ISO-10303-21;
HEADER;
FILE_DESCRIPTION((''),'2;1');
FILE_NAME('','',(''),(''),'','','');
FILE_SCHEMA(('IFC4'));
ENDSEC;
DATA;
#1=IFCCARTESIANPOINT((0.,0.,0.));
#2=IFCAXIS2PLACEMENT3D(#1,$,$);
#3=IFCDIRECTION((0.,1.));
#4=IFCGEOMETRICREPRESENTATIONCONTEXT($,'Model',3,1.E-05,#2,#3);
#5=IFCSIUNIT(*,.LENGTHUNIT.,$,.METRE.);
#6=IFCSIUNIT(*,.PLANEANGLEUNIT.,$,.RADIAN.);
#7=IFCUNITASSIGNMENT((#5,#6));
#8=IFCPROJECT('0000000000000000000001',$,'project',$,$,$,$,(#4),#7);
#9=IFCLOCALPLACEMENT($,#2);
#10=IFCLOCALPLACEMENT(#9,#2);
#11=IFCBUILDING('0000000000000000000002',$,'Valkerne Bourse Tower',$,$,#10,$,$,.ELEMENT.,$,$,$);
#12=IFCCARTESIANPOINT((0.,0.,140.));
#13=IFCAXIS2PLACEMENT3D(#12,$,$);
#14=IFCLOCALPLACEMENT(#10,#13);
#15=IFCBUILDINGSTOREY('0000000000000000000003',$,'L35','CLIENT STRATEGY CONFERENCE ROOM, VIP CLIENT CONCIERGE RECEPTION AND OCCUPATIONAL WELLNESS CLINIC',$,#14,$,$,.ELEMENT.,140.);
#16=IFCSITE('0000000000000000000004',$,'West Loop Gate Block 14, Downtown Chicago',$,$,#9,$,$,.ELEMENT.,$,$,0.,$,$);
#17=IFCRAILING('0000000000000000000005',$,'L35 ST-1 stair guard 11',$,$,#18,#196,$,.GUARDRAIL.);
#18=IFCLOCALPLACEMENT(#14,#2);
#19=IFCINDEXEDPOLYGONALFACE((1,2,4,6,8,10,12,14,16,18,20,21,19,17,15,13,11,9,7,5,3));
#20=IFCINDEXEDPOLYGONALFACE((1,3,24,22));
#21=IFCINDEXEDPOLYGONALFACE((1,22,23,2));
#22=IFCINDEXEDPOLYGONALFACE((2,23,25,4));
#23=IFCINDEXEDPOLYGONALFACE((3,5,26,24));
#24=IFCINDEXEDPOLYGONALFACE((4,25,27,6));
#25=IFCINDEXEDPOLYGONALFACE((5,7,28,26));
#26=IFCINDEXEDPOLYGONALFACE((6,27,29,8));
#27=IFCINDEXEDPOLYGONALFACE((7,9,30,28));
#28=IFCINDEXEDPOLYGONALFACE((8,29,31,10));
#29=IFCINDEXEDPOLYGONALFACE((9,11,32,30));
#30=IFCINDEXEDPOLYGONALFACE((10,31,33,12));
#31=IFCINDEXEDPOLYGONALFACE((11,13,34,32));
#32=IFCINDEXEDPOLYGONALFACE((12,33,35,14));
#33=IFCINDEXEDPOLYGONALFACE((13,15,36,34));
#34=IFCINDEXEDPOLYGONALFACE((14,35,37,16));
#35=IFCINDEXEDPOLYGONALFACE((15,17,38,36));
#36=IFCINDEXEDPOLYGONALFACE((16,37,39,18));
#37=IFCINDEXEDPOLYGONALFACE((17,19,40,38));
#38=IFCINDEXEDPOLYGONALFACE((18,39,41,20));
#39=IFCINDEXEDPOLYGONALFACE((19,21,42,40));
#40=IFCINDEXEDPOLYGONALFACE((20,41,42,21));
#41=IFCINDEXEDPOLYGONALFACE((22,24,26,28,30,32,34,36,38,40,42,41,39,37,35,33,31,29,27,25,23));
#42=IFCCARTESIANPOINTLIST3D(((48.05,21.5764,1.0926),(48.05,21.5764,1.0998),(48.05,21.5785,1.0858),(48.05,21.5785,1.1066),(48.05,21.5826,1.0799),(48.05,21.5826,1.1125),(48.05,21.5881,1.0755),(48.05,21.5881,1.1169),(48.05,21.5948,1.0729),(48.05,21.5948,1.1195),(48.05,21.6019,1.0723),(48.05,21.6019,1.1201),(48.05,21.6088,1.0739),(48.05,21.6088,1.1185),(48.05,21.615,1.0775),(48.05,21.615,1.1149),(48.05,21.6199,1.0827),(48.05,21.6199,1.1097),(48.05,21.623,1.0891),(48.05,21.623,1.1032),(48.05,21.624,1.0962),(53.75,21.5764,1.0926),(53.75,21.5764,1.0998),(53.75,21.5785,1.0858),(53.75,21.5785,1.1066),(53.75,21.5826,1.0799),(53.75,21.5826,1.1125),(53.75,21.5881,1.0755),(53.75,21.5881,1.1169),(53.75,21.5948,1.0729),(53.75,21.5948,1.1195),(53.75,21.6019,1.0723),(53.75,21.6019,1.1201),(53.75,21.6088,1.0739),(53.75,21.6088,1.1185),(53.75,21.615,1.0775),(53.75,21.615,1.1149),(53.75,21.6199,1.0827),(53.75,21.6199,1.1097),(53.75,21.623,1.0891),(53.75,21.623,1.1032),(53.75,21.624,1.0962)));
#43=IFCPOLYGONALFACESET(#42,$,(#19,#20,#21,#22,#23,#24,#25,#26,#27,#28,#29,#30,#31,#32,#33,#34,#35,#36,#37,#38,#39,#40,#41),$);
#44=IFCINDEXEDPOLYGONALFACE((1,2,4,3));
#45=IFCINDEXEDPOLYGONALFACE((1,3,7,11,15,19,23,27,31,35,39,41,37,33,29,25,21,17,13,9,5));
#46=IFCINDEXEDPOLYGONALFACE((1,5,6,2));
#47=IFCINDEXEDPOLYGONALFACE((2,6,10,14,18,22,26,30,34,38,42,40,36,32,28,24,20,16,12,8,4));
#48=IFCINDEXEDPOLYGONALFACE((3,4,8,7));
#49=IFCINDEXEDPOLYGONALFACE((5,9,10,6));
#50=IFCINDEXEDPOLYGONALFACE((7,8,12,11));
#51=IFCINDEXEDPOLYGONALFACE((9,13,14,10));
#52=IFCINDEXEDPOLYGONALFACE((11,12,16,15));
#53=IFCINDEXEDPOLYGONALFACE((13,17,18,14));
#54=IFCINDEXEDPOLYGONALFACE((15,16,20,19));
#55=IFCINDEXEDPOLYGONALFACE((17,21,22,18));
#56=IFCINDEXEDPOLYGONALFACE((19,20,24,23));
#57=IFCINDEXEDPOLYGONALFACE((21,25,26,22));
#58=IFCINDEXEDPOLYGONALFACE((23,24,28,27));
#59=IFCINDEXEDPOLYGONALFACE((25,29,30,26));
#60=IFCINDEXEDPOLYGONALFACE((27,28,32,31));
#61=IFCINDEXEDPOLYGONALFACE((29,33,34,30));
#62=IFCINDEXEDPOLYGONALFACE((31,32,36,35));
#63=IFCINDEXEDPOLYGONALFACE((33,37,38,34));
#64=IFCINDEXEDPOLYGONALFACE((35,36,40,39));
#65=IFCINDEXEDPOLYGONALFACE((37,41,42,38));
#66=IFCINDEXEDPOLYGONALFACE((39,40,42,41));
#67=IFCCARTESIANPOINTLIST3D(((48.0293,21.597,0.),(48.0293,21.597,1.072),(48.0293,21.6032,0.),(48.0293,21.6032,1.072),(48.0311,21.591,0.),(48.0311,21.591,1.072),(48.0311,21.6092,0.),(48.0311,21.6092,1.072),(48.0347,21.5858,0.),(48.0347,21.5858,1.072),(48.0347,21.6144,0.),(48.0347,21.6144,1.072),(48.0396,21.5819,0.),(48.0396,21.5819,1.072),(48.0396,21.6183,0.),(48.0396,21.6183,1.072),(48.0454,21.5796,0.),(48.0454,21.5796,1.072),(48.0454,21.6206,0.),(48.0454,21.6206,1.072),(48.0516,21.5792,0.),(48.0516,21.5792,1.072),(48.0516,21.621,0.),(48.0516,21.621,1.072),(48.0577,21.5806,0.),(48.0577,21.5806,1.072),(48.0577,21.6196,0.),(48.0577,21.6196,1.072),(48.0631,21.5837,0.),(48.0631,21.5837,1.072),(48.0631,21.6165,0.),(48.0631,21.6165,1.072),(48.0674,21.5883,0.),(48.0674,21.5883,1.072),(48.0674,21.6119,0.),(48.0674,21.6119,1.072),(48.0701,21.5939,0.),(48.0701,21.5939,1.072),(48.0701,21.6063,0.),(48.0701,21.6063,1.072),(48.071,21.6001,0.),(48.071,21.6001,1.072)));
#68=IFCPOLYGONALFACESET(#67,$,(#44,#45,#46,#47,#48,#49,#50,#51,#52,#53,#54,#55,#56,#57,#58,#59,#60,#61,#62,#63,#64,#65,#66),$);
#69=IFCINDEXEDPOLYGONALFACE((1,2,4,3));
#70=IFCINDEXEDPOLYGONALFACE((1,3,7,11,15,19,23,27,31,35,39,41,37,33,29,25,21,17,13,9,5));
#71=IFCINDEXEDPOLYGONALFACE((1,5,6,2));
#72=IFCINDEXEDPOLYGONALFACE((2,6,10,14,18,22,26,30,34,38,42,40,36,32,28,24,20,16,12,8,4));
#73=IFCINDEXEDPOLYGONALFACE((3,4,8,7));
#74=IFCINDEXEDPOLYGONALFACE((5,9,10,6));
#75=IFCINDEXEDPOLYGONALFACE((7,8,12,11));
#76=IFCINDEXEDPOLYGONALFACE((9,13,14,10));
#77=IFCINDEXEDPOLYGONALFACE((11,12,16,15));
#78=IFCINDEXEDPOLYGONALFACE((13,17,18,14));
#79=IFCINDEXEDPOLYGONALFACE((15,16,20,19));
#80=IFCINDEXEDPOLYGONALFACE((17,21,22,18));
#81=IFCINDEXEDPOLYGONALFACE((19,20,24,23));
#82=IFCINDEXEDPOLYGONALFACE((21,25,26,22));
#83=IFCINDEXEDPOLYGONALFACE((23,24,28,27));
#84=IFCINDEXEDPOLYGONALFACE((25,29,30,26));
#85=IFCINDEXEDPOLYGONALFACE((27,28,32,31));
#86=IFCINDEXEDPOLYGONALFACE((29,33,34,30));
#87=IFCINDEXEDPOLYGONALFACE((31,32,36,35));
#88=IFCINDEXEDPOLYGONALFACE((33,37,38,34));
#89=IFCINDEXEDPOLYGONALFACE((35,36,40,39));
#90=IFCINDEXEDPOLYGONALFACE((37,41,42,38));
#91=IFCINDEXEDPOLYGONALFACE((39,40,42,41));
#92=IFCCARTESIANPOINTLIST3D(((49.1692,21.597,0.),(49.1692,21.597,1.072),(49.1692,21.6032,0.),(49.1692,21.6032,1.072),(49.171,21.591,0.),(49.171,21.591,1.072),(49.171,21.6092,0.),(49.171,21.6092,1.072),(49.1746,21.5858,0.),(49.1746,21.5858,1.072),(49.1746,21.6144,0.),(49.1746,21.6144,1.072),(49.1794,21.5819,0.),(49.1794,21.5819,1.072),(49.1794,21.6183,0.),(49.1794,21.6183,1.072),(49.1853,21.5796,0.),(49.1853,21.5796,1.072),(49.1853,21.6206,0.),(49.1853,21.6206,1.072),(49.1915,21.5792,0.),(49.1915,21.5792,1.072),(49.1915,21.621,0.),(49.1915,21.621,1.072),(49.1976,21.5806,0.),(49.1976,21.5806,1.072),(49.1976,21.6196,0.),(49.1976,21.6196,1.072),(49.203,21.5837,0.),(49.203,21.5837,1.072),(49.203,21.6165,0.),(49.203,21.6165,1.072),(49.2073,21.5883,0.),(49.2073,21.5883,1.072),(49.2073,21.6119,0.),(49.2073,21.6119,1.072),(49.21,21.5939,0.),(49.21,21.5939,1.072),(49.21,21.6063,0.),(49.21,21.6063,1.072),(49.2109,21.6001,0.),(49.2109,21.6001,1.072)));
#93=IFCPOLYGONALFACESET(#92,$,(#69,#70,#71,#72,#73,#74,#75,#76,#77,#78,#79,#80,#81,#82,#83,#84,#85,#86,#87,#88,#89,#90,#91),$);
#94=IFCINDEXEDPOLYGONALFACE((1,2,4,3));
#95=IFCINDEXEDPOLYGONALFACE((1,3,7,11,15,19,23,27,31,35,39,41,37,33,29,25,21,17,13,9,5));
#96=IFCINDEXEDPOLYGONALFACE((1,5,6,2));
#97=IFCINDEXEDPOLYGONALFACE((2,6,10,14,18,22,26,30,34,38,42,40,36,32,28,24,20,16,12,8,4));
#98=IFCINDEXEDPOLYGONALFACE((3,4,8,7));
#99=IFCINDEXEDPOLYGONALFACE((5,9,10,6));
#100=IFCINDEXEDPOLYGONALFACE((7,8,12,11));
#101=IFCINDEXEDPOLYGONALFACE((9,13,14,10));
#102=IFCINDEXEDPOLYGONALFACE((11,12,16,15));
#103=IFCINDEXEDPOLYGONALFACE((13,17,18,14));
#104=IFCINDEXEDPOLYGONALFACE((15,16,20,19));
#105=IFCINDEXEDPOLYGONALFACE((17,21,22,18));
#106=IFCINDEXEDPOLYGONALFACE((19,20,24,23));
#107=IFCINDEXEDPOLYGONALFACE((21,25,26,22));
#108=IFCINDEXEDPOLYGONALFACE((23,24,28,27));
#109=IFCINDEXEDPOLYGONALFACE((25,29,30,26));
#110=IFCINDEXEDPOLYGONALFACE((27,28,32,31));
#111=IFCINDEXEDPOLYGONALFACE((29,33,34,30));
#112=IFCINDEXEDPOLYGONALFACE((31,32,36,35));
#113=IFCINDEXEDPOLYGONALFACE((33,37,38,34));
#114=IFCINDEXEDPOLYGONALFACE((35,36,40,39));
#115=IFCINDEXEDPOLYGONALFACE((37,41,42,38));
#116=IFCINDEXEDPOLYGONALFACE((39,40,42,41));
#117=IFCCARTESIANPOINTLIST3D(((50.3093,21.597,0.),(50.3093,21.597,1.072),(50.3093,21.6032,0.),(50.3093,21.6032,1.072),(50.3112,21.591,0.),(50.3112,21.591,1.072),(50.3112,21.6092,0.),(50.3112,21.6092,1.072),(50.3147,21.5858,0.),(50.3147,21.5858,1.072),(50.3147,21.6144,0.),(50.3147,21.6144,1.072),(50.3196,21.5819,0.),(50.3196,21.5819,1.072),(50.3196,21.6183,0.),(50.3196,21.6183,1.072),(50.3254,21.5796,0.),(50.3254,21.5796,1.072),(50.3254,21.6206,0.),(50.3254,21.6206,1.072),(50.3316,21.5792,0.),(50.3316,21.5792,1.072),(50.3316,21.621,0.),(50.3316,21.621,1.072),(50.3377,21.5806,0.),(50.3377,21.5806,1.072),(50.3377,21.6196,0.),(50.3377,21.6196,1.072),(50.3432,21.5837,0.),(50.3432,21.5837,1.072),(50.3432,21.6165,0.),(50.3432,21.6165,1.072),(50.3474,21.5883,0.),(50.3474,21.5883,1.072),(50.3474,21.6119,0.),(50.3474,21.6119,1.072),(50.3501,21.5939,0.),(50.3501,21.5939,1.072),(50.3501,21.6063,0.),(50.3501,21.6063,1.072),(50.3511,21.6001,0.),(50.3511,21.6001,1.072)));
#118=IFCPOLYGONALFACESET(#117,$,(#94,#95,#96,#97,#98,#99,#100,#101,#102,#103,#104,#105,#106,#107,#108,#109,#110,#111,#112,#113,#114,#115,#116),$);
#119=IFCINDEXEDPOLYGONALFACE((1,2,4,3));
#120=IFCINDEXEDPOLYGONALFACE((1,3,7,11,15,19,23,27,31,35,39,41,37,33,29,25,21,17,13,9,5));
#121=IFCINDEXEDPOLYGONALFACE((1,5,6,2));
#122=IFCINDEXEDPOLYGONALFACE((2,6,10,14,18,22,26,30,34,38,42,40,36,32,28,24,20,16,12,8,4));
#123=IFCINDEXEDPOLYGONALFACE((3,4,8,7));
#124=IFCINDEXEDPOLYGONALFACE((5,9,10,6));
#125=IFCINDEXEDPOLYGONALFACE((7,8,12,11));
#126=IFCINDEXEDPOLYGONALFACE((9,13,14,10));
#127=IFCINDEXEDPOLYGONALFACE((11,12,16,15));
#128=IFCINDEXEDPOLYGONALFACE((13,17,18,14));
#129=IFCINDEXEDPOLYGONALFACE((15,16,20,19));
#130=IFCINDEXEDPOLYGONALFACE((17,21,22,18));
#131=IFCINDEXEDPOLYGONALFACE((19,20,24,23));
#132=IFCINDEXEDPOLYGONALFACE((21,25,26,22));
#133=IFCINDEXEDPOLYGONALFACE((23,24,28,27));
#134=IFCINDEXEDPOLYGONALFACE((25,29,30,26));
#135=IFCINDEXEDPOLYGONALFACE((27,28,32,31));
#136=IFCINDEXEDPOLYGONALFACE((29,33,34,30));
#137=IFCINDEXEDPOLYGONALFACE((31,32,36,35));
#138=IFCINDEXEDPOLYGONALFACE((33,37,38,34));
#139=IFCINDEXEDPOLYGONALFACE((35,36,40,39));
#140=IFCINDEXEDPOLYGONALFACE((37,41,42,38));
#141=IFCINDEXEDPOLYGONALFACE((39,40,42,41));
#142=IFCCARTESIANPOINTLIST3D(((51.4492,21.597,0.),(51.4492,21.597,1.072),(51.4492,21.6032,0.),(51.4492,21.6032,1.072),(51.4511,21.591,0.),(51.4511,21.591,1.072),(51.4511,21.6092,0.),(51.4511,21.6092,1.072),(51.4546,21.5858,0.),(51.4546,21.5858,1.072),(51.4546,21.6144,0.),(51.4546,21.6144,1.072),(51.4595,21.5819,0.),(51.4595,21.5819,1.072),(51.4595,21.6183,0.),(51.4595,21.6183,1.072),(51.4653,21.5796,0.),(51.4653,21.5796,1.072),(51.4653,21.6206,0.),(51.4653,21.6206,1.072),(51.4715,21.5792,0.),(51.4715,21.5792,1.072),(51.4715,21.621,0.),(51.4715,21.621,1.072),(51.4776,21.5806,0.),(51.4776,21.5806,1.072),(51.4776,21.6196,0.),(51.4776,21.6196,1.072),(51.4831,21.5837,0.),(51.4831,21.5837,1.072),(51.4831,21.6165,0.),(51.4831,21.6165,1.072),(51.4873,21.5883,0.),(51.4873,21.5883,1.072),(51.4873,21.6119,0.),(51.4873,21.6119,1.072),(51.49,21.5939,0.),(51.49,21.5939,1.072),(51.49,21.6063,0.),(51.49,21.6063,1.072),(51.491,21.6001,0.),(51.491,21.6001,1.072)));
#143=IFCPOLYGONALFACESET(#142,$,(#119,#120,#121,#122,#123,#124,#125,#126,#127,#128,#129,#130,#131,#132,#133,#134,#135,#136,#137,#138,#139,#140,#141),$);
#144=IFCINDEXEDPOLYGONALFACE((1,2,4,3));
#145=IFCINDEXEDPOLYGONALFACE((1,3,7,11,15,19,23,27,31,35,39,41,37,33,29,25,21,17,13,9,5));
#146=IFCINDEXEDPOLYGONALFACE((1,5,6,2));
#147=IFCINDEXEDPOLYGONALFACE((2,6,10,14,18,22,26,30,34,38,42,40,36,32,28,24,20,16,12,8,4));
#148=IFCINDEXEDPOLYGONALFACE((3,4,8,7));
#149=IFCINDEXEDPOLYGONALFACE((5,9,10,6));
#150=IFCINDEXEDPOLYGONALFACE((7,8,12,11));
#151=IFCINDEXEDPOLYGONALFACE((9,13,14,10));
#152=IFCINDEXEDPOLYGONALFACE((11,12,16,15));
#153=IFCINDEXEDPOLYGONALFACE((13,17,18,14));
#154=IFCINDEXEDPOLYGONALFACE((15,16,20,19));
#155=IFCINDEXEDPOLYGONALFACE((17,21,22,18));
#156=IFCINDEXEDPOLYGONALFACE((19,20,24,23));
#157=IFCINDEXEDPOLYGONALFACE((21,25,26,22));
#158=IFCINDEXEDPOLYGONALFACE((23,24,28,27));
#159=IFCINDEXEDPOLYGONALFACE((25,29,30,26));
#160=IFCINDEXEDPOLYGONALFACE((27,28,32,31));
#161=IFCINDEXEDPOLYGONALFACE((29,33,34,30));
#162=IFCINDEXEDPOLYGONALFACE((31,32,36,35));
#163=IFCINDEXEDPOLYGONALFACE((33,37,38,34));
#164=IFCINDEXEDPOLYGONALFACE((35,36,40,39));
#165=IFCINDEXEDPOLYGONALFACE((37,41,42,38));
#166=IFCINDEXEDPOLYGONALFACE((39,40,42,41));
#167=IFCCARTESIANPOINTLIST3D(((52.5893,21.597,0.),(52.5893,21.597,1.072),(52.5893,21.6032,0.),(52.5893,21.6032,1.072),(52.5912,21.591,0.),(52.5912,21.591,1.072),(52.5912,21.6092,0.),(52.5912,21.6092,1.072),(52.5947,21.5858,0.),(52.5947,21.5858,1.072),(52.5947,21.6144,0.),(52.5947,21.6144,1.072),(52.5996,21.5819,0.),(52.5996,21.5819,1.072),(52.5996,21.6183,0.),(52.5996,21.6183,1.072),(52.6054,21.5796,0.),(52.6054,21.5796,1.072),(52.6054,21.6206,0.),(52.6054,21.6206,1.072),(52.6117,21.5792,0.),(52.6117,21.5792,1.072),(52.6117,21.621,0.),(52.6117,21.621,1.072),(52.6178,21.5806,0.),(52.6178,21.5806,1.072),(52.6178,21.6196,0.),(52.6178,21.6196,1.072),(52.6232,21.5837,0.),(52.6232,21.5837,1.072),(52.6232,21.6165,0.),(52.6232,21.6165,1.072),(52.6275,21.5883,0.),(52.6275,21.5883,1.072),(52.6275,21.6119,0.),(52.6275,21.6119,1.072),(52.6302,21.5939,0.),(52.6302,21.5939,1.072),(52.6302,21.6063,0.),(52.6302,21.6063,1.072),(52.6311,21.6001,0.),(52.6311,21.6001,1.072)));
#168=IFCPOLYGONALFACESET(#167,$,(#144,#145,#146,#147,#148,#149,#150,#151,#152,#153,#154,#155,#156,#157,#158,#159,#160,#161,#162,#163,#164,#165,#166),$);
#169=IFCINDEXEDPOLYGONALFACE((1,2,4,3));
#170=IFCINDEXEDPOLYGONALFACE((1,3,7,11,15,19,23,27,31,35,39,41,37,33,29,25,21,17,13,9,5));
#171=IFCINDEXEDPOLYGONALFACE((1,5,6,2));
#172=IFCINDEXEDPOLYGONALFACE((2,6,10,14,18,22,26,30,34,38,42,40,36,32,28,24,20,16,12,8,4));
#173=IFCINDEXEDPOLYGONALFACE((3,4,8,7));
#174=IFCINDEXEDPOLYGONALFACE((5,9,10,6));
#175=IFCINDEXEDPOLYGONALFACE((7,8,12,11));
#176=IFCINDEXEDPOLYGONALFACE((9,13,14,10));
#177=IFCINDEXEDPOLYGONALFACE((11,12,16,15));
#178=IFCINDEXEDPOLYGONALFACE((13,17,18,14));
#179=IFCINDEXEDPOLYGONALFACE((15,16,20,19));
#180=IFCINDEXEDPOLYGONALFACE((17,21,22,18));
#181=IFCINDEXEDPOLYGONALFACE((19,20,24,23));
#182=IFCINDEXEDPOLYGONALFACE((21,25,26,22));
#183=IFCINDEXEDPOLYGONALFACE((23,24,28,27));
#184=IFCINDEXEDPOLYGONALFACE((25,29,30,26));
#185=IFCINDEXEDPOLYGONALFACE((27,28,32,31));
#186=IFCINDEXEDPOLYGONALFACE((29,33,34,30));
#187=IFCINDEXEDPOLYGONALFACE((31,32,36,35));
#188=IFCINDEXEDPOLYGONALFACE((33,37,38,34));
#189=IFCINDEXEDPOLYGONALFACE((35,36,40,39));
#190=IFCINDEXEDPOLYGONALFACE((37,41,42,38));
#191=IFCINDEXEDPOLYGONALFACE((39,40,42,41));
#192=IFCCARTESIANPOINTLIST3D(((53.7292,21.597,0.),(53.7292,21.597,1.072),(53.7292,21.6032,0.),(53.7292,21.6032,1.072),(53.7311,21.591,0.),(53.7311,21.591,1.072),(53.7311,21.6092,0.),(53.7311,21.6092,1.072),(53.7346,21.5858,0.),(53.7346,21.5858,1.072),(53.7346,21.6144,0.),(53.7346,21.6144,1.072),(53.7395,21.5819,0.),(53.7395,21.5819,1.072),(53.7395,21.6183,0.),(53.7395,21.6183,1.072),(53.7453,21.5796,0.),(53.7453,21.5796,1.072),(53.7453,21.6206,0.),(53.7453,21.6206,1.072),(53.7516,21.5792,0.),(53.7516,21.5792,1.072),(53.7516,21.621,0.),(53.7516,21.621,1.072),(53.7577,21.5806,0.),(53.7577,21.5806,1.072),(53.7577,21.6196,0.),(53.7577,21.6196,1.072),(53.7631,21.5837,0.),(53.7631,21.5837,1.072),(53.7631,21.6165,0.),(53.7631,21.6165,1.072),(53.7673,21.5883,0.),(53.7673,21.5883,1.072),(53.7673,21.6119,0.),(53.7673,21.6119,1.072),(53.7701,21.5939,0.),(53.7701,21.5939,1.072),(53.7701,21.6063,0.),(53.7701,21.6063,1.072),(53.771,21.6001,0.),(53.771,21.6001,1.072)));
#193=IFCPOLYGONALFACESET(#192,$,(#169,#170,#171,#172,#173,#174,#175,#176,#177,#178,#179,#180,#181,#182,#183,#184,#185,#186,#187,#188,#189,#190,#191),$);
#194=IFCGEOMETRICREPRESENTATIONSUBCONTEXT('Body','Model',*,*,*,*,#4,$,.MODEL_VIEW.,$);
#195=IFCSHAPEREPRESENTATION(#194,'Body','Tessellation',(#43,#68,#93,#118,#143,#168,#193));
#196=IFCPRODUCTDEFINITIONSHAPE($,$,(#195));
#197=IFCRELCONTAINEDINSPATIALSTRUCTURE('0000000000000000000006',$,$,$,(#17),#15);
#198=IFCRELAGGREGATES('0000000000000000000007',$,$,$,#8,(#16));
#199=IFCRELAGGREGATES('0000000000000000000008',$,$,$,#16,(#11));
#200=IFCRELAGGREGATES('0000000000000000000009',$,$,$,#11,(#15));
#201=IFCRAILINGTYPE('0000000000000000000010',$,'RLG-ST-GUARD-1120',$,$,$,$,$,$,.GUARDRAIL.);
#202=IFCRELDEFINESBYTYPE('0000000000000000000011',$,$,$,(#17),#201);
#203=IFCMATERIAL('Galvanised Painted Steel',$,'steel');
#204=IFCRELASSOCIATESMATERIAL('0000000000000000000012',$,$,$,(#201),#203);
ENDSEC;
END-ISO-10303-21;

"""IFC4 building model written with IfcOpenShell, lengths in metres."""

from ifc_helpers import new_model, si_unit, direction, frame, origin, origin_2d, place, context, subcontext, project, spatial, circle, extrude, material, type_object, element, save


model = new_model("IFC4")

# Units and contexts
model_context = context("Model", 3, precision=1e-05, world=origin(), true_north=direction((0.0, 1.0)))
body_context = subcontext(model_context, "Body", "Model", "MODEL_VIEW")
ifc_project = project(units=[si_unit("LENGTHUNIT", "METRE"), si_unit("PLANEANGLEUNIT", "RADIAN")], contexts=[model_context])

# Site, building, storey
site_placement = place(None, origin())
site = spatial("IfcSite", under=ifc_project, at=site_placement, Name="West Loop Gate Block 14, Downtown Chicago", CompositionType="ELEMENT", RefElevation=0.0)
building_placement = place(site_placement, origin())
building = spatial("IfcBuilding", under=site, at=building_placement, Name="Valkerne Bourse Tower", CompositionType="ELEMENT")
storey_placement = place(building_placement, frame((0.0, 0.0, 140.0)))
storey = spatial("IfcBuildingStorey", under=building, at=storey_placement, Name="L35", Description="CLIENT STRATEGY CONFERENCE ROOM, VIP CLIENT CONCIERGE RECEPTION AND OCCUPATIONAL WELLNESS CLINIC", CompositionType="ELEMENT", Elevation=140.0)

# Shared definitions
ifc_material_1 = material(Name="Galvanised Painted Steel", Category="steel")

# Railing
railing_type_1 = type_object("IfcRailingType", Name="RLG-ST-GUARD-1120", PredefinedType="GUARDRAIL", material=ifc_material_1)
for number, where, name in (
    (1, (48.05, 21.6001, 0.0), "L35 ST-1 stair guard 11"),
):
    element("IfcRailing", number, at=place(storey_placement, frame(where)), inside=storey, type_object=railing_type_1, Name=name, PredefinedType="GUARDRAIL", context=body_context, shape_type="SweptSolid", body=[
        extrude(circle(Radius=0.0239, at=origin_2d()), frame((0.0, 0.0, 1.0962), z_axis=(1.0, 0.0, 0.0), x_axis=(0.0, 1.0, 0.0)), (0.0, 0.0, 1.0), 5.7),
        extrude(circle(Radius=0.021, at=origin_2d()), origin(), (0.0, 0.0, 1.0), 1.072),
        extrude(circle(Radius=0.021, at=origin_2d()), frame((1.1399, 0.0, 0.0)), (0.0, 0.0, 1.0), 1.072),
        extrude(circle(Radius=0.021, at=origin_2d()), frame((2.28, 0.0, 0.0)), (0.0, 0.0, 1.0), 1.072),
        extrude(circle(Radius=0.021, at=origin_2d()), frame((3.4199, 0.0, 0.0)), (0.0, 0.0, 1.0), 1.072),
        extrude(circle(Radius=0.021, at=origin_2d()), frame((4.5601, 0.0, 0.0)), (0.0, 0.0, 1.0), 1.072),
        extrude(circle(Radius=0.021, at=origin_2d()), frame((5.7, 0.0, 0.0)), (0.0, 0.0, 1.0), 1.072),
    ])

save(model, "model.ifc")
